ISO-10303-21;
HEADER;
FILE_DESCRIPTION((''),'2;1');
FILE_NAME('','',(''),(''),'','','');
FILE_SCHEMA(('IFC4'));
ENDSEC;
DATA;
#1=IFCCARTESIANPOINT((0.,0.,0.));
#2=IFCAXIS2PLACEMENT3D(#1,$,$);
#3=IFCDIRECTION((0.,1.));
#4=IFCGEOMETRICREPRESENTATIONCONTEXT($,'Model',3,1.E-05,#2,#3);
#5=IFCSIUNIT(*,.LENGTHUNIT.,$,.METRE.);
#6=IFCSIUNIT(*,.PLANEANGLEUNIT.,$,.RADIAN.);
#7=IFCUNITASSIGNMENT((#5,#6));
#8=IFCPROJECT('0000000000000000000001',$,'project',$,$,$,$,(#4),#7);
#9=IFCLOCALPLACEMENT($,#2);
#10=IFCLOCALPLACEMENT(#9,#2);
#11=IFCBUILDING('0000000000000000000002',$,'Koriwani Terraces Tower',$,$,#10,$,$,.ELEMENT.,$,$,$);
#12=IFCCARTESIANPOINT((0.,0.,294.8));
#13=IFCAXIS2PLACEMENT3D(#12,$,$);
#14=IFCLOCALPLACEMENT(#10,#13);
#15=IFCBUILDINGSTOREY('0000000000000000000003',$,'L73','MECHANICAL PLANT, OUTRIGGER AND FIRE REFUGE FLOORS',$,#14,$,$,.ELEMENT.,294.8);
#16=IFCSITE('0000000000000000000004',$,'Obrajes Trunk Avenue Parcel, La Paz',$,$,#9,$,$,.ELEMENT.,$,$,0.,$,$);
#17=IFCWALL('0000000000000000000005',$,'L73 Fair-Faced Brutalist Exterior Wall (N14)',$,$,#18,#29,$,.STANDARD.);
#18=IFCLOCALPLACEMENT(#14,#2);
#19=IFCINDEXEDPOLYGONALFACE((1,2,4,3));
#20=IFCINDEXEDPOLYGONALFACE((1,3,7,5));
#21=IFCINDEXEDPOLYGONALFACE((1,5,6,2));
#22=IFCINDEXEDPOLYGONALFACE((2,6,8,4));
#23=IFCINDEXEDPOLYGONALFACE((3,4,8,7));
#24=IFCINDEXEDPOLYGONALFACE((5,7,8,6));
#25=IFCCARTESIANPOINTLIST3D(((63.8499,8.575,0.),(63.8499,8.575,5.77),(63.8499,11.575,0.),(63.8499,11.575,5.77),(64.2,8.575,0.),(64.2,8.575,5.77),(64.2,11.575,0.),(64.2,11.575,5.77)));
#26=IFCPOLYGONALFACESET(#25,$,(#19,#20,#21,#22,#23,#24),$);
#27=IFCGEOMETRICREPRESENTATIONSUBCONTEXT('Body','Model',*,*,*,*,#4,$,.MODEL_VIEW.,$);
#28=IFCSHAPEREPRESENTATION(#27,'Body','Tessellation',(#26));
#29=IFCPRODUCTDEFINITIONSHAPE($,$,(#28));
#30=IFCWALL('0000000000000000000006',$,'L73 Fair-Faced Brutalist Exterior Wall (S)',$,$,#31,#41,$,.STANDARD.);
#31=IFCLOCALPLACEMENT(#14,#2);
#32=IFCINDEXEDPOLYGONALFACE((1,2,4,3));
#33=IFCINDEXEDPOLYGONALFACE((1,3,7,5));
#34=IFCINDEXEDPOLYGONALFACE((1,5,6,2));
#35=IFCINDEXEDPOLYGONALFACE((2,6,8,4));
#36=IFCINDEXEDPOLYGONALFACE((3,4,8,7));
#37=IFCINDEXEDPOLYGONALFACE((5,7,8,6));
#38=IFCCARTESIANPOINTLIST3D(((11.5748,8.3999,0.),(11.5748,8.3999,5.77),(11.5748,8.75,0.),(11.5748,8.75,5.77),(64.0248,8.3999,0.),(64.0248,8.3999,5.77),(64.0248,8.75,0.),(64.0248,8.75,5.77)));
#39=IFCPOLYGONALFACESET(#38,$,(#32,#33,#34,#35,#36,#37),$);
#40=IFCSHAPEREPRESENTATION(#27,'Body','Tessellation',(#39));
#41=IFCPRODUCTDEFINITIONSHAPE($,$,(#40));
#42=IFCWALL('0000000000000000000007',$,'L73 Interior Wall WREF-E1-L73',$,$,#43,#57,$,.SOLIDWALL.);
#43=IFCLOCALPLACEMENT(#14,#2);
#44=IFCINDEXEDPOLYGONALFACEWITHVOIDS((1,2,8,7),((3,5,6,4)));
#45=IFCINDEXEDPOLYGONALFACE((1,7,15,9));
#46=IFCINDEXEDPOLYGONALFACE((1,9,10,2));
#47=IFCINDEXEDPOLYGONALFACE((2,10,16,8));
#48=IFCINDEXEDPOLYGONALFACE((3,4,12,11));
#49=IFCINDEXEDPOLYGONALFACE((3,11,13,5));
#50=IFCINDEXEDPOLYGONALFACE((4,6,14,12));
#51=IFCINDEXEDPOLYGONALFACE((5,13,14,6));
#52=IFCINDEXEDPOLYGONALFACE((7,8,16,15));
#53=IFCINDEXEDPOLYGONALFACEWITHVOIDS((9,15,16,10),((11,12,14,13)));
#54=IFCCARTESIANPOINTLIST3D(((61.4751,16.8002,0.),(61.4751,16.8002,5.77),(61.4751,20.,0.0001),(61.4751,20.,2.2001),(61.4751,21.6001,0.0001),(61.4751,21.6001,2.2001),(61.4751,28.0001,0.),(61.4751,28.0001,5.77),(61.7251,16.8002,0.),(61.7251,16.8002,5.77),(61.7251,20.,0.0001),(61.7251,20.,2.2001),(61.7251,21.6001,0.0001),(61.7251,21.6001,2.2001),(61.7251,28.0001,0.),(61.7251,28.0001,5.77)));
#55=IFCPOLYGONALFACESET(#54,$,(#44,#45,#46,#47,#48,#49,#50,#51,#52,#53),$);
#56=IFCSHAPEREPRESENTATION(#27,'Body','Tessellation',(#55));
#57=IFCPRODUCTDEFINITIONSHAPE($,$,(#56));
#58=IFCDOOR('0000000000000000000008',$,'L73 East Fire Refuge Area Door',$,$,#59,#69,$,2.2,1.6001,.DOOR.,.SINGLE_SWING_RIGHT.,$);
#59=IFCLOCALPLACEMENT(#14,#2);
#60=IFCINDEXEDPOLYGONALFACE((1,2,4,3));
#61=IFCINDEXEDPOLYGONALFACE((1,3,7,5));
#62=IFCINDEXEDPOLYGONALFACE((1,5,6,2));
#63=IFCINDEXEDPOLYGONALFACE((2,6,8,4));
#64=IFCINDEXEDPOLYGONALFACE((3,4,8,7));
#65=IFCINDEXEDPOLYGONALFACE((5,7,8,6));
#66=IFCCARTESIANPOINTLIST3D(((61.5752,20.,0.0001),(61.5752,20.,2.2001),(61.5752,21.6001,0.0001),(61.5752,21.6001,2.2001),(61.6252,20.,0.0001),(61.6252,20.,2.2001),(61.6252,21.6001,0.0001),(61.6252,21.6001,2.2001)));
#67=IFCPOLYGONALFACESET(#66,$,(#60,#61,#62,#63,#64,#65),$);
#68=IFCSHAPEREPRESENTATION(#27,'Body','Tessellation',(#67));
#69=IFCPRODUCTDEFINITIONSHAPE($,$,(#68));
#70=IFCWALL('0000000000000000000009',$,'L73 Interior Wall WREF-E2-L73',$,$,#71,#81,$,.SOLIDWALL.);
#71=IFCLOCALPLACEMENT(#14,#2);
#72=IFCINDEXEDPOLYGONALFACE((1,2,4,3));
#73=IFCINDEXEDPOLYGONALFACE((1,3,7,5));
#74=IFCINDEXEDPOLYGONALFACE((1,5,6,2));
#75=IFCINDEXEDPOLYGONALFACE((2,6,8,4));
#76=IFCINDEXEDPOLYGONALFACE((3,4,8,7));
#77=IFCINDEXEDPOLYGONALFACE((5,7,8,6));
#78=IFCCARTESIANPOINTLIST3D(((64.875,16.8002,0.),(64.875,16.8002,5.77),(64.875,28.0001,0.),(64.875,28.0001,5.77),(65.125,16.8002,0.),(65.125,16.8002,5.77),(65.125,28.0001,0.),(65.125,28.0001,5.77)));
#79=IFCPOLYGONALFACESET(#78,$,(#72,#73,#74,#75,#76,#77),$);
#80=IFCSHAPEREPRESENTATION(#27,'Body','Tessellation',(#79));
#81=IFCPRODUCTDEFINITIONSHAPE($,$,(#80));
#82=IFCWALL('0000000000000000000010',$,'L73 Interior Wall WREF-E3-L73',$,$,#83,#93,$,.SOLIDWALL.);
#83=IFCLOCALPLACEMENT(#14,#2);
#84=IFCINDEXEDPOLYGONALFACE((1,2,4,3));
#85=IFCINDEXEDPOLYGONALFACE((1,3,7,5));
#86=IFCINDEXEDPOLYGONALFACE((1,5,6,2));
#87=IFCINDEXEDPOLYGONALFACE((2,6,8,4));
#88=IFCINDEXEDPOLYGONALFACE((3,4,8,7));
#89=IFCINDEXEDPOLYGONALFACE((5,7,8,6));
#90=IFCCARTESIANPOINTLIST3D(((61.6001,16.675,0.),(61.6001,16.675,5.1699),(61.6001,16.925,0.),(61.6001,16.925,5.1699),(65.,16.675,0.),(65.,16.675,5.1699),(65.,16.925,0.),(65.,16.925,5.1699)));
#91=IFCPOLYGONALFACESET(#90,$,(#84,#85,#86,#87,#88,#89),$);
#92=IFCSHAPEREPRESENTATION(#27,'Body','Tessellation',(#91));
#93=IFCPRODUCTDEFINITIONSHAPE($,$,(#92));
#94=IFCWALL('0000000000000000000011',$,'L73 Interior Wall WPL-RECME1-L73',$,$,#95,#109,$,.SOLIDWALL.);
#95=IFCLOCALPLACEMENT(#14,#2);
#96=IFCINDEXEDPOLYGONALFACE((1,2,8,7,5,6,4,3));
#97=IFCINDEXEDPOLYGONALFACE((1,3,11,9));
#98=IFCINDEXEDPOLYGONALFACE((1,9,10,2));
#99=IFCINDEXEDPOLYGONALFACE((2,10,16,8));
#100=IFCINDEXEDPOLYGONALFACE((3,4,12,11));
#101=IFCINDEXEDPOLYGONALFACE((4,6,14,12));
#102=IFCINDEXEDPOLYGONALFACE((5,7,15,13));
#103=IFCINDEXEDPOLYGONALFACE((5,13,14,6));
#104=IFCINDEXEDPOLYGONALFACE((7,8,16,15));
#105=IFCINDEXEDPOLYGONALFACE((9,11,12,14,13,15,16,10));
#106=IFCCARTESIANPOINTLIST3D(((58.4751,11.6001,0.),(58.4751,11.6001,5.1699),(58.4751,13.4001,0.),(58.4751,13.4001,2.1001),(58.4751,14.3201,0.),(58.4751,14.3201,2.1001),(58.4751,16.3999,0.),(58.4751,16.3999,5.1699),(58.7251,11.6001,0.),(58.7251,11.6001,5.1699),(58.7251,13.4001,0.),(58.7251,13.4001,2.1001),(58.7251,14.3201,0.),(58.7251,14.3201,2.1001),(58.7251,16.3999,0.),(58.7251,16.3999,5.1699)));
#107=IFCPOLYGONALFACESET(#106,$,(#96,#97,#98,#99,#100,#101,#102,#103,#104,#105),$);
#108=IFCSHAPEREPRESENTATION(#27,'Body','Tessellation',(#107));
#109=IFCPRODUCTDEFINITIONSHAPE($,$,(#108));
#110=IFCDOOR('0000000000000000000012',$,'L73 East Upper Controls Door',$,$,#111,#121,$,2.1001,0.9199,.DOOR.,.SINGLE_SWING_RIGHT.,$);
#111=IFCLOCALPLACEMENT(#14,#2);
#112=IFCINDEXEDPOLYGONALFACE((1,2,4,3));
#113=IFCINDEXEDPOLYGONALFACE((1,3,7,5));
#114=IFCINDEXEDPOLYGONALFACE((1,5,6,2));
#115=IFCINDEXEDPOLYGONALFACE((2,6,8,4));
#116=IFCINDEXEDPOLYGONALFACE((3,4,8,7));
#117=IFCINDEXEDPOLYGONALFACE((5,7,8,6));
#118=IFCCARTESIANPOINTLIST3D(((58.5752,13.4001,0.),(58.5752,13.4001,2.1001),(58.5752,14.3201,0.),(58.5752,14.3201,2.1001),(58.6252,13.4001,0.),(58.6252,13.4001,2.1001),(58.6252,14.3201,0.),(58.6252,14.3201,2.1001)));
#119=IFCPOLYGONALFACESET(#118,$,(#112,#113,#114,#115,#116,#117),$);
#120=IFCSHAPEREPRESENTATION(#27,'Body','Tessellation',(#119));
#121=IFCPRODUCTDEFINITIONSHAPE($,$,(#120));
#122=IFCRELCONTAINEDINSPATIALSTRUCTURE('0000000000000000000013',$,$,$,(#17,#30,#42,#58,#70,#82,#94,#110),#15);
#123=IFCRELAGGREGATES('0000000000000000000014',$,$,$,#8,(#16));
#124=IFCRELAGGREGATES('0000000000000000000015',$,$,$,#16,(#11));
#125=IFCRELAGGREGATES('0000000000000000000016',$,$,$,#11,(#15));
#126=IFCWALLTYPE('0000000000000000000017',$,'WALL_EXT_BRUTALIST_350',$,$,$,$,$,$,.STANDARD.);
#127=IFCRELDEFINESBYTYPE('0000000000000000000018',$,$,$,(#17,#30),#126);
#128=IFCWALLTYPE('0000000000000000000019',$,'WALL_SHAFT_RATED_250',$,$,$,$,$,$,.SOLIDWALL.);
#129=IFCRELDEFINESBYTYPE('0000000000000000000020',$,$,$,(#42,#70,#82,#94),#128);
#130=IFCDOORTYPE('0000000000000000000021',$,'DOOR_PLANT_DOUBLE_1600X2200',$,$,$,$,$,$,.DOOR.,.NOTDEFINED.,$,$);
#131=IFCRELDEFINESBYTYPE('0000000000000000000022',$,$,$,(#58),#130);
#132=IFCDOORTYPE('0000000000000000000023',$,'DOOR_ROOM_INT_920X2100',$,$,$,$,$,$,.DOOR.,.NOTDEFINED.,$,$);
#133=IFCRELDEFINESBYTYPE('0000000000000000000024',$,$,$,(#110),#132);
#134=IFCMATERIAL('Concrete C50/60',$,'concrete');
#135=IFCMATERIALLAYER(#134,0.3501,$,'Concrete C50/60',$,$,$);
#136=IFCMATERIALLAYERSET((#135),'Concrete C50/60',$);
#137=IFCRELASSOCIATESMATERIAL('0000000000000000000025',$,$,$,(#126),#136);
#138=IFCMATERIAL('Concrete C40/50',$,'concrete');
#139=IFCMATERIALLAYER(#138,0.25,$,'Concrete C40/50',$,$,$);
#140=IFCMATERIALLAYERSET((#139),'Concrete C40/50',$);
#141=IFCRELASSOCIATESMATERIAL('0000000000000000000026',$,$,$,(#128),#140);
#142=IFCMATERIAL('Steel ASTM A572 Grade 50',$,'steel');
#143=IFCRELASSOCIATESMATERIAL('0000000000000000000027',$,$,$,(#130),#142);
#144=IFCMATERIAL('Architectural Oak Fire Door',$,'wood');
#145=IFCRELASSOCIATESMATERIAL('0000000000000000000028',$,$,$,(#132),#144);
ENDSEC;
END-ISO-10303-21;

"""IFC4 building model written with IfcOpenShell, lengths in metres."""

from ifc_helpers import new_model, si_unit, direction, frame, frame_2d, origin, place, context, subcontext, project, spatial, rectangle, extrude, material, layer, layer_set, type_object, element, fill, save


model = new_model("IFC4")

# Units and contexts
model_context = context("Model", 3, precision=1e-05, world=origin(), true_north=direction((0.0, 1.0)))
body_context = subcontext(model_context, "Body", "Model", "MODEL_VIEW")
ifc_project = project(units=[si_unit("LENGTHUNIT", "METRE"), si_unit("PLANEANGLEUNIT", "RADIAN")], contexts=[model_context])

# Site, building, storey
site_placement = place(None, origin())
site = spatial("IfcSite", under=ifc_project, at=site_placement, Name="Obrajes Trunk Avenue Parcel, La Paz", CompositionType="ELEMENT", RefElevation=0.0)
building_placement = place(site_placement, origin())
building = spatial("IfcBuilding", under=site, at=building_placement, Name="Koriwani Terraces Tower", CompositionType="ELEMENT")
storey_placement = place(building_placement, frame((0.0, 0.0, 294.8)))
storey = spatial("IfcBuildingStorey", under=building, at=storey_placement, Name="L73", Description="MECHANICAL PLANT, OUTRIGGER AND FIRE REFUGE FLOORS", CompositionType="ELEMENT", Elevation=294.8)

# Shared definitions
ifc_material_1 = material(Name="Concrete C50/60", Category="concrete")

# Shared definitions
ifc_material_2 = material(Name="Steel ASTM A572 Grade 50", Category="steel")

# Walls
ifc_layer_1 = layer(ifc_material_1, 0.3501, Name="Concrete C50/60")
ifc_layer_set_1 = layer_set([ifc_layer_1], Name="Concrete C50/60")
wall_type_1 = type_object("IfcWallType", Name="WALL_EXT_BRUTALIST_350", PredefinedType="STANDARD", material=ifc_layer_set_1)
for number, where, z_axis, x_axis, name in (
    (1, (64.0249, 11.575, 0.0), (0.0, 0.0, 1.0), (0.0, -1.0, 0.0), "L73 Fair-Faced Brutalist Exterior Wall (N14)"),
):
    element("IfcWall", number, at=place(storey_placement, frame(where, z_axis=z_axis, x_axis=x_axis)), inside=storey, type_object=wall_type_1, Name=name, PredefinedType="STANDARD", context=body_context, shape_type="SweptSolid", body=[
        extrude(rectangle(XDim=3.0, YDim=0.3501, at=frame_2d((1.5, 0.0))), origin(), (0.0, 0.0, 1.0), 5.77),
    ])
wall_1_placement = place(storey_placement, frame((64.0249, 8.575, 0.0), z_axis=(0.0, 0.0, 1.0), x_axis=(-1.0, 0.0, 0.0)))
element("IfcWall", 2, at=wall_1_placement, inside=storey, type_object=wall_type_1, Name="L73 Fair-Faced Brutalist Exterior Wall (S)", PredefinedType="STANDARD", context=body_context, shape_type="SweptSolid", body=[
    extrude(rectangle(XDim=52.45, YDim=0.3501, at=frame_2d((26.2251, 0.0))), origin(), (0.0, 0.0, 1.0), 5.77),
])

# Wall, opening, door
ifc_material_3 = material(Name="Concrete C40/50", Category="concrete")
ifc_layer_2 = layer(ifc_material_3, 0.25, Name="Concrete C40/50")
ifc_layer_set_2 = layer_set([ifc_layer_2], Name="Concrete C40/50")
wall_type_2 = type_object("IfcWallType", Name="WALL_SHAFT_RATED_250", PredefinedType="SOLIDWALL", material=ifc_layer_set_2)
wall_2_placement = place(storey_placement, frame((61.6001, 16.8, 0.0), z_axis=(0.0, 0.0, 1.0), x_axis=(0.0, 1.0, 0.0)))
wall_2 = element("IfcWall", 3, at=wall_2_placement, inside=storey, type_object=wall_type_2, Name="L73 Interior Wall WREF-E1-L73", PredefinedType="SOLIDWALL", context=body_context, shape_type="SweptSolid", body=[
    extrude(rectangle(XDim=11.2, YDim=0.25, at=frame_2d((5.6001, 0.0))), origin(), (0.0, 0.0, 1.0), 5.77),
])
opening_1_placement = place(wall_2_placement, frame((3.2, 0.0, 0.0)))
opening_1 = element("IfcOpeningElement", 4, at=opening_1_placement, cuts=wall_2, PredefinedType="OPENING", context=body_context, shape_type="SweptSolid", body=[
    extrude(rectangle(XDim=1.6001, YDim=2.2, at=frame_2d((0.8, 1.1001))), frame((0.0, 0.135, 0.0), z_axis=(0.0, -1.0, 0.0), x_axis=(1.0, 0.0, 0.0)), (0.0, 0.0, 1.0), 0.27),
])
door_type_1 = type_object("IfcDoorType", Name="DOOR_PLANT_DOUBLE_1600X2200", OperationType="NOTDEFINED", PredefinedType="DOOR", material=ifc_material_2)
door_1_placement = place(opening_1_placement, origin())
door_1 = element("IfcDoor", 5, at=door_1_placement, inside=storey, type_object=door_type_1, Name="L73 East Fire Refuge Area Door", OperationType="SINGLE_SWING_RIGHT", OverallHeight=2.2, OverallWidth=1.6001, PredefinedType="DOOR", context=body_context, shape_type="SweptSolid", body=[
    extrude(rectangle(XDim=1.6001, YDim=2.2, at=frame_2d((0.8, 1.1001))), frame((0.0, 0.0249, 0.0), z_axis=(0.0, -1.0, 0.0), x_axis=(1.0, 0.0, 0.0)), (0.0, 0.0, 1.0), 0.05),
])
fill(opening_1, door_1)

# Walls
wall_3_placement = place(storey_placement, frame((65.0, 16.8, 0.0), z_axis=(0.0, 0.0, 1.0), x_axis=(0.0, 1.0, 0.0)))
element("IfcWall", 6, at=wall_3_placement, inside=storey, type_object=wall_type_2, Name="L73 Interior Wall WREF-E2-L73", PredefinedType="SOLIDWALL", context=body_context, shape_type="SweptSolid", body=[
    extrude(rectangle(XDim=11.2, YDim=0.25, at=frame_2d((5.6001, 0.0))), origin(), (0.0, 0.0, 1.0), 5.77),
])
wall_4_placement = place(storey_placement, frame((61.6001, 16.8, 0.0), z_axis=(0.0, 0.0, 1.0), x_axis=(1.0, 0.0, 0.0)))
element("IfcWall", 7, at=wall_4_placement, inside=storey, type_object=wall_type_2, Name="L73 Interior Wall WREF-E3-L73", PredefinedType="SOLIDWALL", context=body_context, shape_type="SweptSolid", body=[
    extrude(rectangle(XDim=3.3999, YDim=0.25, at=frame_2d((1.7, 0.0))), origin(), (0.0, 0.0, 1.0), 5.1699),
])

# Wall, opening, door
wall_5_placement = place(storey_placement, frame((58.6001, 11.6001, 0.0), z_axis=(0.0, 0.0, 1.0), x_axis=(0.0, 1.0, 0.0)))
wall_5 = element("IfcWall", 8, at=wall_5_placement, inside=storey, type_object=wall_type_2, Name="L73 Interior Wall WPL-RECME1-L73", PredefinedType="SOLIDWALL", context=body_context, shape_type="SweptSolid", body=[
    extrude(rectangle(XDim=4.7998, YDim=0.25, at=frame_2d((2.3999, 0.0))), origin(), (0.0, 0.0, 1.0), 5.1699),
])
opening_2_placement = place(wall_5_placement, frame((1.8, 0.0, 0.0)))
opening_2 = element("IfcOpeningElement", 9, at=opening_2_placement, cuts=wall_5, PredefinedType="OPENING", context=body_context, shape_type="SweptSolid", body=[
    extrude(rectangle(XDim=0.9199, YDim=2.1001, at=frame_2d((0.46, 1.05))), frame((0.0, 0.135, 0.0), z_axis=(0.0, -1.0, 0.0), x_axis=(1.0, 0.0, 0.0)), (0.0, 0.0, 1.0), 0.27),
])
ifc_material_4 = material(Name="Architectural Oak Fire Door", Category="wood")
door_type_2 = type_object("IfcDoorType", Name="DOOR_ROOM_INT_920X2100", OperationType="NOTDEFINED", PredefinedType="DOOR", material=ifc_material_4)
door_2_placement = place(opening_2_placement, origin())
door_2 = element("IfcDoor", 10, at=door_2_placement, inside=storey, type_object=door_type_2, Name="L73 East Upper Controls Door", OperationType="SINGLE_SWING_RIGHT", OverallHeight=2.1001, OverallWidth=0.9199, PredefinedType="DOOR", context=body_context, shape_type="SweptSolid", body=[
    extrude(rectangle(XDim=0.9199, YDim=2.1001, at=frame_2d((0.46, 1.05))), frame((0.0, 0.0249, 0.0), z_axis=(0.0, -1.0, 0.0), x_axis=(1.0, 0.0, 0.0)), (0.0, 0.0, 1.0), 0.05),
])
fill(opening_2, door_2)

save(model, "model.ifc")
